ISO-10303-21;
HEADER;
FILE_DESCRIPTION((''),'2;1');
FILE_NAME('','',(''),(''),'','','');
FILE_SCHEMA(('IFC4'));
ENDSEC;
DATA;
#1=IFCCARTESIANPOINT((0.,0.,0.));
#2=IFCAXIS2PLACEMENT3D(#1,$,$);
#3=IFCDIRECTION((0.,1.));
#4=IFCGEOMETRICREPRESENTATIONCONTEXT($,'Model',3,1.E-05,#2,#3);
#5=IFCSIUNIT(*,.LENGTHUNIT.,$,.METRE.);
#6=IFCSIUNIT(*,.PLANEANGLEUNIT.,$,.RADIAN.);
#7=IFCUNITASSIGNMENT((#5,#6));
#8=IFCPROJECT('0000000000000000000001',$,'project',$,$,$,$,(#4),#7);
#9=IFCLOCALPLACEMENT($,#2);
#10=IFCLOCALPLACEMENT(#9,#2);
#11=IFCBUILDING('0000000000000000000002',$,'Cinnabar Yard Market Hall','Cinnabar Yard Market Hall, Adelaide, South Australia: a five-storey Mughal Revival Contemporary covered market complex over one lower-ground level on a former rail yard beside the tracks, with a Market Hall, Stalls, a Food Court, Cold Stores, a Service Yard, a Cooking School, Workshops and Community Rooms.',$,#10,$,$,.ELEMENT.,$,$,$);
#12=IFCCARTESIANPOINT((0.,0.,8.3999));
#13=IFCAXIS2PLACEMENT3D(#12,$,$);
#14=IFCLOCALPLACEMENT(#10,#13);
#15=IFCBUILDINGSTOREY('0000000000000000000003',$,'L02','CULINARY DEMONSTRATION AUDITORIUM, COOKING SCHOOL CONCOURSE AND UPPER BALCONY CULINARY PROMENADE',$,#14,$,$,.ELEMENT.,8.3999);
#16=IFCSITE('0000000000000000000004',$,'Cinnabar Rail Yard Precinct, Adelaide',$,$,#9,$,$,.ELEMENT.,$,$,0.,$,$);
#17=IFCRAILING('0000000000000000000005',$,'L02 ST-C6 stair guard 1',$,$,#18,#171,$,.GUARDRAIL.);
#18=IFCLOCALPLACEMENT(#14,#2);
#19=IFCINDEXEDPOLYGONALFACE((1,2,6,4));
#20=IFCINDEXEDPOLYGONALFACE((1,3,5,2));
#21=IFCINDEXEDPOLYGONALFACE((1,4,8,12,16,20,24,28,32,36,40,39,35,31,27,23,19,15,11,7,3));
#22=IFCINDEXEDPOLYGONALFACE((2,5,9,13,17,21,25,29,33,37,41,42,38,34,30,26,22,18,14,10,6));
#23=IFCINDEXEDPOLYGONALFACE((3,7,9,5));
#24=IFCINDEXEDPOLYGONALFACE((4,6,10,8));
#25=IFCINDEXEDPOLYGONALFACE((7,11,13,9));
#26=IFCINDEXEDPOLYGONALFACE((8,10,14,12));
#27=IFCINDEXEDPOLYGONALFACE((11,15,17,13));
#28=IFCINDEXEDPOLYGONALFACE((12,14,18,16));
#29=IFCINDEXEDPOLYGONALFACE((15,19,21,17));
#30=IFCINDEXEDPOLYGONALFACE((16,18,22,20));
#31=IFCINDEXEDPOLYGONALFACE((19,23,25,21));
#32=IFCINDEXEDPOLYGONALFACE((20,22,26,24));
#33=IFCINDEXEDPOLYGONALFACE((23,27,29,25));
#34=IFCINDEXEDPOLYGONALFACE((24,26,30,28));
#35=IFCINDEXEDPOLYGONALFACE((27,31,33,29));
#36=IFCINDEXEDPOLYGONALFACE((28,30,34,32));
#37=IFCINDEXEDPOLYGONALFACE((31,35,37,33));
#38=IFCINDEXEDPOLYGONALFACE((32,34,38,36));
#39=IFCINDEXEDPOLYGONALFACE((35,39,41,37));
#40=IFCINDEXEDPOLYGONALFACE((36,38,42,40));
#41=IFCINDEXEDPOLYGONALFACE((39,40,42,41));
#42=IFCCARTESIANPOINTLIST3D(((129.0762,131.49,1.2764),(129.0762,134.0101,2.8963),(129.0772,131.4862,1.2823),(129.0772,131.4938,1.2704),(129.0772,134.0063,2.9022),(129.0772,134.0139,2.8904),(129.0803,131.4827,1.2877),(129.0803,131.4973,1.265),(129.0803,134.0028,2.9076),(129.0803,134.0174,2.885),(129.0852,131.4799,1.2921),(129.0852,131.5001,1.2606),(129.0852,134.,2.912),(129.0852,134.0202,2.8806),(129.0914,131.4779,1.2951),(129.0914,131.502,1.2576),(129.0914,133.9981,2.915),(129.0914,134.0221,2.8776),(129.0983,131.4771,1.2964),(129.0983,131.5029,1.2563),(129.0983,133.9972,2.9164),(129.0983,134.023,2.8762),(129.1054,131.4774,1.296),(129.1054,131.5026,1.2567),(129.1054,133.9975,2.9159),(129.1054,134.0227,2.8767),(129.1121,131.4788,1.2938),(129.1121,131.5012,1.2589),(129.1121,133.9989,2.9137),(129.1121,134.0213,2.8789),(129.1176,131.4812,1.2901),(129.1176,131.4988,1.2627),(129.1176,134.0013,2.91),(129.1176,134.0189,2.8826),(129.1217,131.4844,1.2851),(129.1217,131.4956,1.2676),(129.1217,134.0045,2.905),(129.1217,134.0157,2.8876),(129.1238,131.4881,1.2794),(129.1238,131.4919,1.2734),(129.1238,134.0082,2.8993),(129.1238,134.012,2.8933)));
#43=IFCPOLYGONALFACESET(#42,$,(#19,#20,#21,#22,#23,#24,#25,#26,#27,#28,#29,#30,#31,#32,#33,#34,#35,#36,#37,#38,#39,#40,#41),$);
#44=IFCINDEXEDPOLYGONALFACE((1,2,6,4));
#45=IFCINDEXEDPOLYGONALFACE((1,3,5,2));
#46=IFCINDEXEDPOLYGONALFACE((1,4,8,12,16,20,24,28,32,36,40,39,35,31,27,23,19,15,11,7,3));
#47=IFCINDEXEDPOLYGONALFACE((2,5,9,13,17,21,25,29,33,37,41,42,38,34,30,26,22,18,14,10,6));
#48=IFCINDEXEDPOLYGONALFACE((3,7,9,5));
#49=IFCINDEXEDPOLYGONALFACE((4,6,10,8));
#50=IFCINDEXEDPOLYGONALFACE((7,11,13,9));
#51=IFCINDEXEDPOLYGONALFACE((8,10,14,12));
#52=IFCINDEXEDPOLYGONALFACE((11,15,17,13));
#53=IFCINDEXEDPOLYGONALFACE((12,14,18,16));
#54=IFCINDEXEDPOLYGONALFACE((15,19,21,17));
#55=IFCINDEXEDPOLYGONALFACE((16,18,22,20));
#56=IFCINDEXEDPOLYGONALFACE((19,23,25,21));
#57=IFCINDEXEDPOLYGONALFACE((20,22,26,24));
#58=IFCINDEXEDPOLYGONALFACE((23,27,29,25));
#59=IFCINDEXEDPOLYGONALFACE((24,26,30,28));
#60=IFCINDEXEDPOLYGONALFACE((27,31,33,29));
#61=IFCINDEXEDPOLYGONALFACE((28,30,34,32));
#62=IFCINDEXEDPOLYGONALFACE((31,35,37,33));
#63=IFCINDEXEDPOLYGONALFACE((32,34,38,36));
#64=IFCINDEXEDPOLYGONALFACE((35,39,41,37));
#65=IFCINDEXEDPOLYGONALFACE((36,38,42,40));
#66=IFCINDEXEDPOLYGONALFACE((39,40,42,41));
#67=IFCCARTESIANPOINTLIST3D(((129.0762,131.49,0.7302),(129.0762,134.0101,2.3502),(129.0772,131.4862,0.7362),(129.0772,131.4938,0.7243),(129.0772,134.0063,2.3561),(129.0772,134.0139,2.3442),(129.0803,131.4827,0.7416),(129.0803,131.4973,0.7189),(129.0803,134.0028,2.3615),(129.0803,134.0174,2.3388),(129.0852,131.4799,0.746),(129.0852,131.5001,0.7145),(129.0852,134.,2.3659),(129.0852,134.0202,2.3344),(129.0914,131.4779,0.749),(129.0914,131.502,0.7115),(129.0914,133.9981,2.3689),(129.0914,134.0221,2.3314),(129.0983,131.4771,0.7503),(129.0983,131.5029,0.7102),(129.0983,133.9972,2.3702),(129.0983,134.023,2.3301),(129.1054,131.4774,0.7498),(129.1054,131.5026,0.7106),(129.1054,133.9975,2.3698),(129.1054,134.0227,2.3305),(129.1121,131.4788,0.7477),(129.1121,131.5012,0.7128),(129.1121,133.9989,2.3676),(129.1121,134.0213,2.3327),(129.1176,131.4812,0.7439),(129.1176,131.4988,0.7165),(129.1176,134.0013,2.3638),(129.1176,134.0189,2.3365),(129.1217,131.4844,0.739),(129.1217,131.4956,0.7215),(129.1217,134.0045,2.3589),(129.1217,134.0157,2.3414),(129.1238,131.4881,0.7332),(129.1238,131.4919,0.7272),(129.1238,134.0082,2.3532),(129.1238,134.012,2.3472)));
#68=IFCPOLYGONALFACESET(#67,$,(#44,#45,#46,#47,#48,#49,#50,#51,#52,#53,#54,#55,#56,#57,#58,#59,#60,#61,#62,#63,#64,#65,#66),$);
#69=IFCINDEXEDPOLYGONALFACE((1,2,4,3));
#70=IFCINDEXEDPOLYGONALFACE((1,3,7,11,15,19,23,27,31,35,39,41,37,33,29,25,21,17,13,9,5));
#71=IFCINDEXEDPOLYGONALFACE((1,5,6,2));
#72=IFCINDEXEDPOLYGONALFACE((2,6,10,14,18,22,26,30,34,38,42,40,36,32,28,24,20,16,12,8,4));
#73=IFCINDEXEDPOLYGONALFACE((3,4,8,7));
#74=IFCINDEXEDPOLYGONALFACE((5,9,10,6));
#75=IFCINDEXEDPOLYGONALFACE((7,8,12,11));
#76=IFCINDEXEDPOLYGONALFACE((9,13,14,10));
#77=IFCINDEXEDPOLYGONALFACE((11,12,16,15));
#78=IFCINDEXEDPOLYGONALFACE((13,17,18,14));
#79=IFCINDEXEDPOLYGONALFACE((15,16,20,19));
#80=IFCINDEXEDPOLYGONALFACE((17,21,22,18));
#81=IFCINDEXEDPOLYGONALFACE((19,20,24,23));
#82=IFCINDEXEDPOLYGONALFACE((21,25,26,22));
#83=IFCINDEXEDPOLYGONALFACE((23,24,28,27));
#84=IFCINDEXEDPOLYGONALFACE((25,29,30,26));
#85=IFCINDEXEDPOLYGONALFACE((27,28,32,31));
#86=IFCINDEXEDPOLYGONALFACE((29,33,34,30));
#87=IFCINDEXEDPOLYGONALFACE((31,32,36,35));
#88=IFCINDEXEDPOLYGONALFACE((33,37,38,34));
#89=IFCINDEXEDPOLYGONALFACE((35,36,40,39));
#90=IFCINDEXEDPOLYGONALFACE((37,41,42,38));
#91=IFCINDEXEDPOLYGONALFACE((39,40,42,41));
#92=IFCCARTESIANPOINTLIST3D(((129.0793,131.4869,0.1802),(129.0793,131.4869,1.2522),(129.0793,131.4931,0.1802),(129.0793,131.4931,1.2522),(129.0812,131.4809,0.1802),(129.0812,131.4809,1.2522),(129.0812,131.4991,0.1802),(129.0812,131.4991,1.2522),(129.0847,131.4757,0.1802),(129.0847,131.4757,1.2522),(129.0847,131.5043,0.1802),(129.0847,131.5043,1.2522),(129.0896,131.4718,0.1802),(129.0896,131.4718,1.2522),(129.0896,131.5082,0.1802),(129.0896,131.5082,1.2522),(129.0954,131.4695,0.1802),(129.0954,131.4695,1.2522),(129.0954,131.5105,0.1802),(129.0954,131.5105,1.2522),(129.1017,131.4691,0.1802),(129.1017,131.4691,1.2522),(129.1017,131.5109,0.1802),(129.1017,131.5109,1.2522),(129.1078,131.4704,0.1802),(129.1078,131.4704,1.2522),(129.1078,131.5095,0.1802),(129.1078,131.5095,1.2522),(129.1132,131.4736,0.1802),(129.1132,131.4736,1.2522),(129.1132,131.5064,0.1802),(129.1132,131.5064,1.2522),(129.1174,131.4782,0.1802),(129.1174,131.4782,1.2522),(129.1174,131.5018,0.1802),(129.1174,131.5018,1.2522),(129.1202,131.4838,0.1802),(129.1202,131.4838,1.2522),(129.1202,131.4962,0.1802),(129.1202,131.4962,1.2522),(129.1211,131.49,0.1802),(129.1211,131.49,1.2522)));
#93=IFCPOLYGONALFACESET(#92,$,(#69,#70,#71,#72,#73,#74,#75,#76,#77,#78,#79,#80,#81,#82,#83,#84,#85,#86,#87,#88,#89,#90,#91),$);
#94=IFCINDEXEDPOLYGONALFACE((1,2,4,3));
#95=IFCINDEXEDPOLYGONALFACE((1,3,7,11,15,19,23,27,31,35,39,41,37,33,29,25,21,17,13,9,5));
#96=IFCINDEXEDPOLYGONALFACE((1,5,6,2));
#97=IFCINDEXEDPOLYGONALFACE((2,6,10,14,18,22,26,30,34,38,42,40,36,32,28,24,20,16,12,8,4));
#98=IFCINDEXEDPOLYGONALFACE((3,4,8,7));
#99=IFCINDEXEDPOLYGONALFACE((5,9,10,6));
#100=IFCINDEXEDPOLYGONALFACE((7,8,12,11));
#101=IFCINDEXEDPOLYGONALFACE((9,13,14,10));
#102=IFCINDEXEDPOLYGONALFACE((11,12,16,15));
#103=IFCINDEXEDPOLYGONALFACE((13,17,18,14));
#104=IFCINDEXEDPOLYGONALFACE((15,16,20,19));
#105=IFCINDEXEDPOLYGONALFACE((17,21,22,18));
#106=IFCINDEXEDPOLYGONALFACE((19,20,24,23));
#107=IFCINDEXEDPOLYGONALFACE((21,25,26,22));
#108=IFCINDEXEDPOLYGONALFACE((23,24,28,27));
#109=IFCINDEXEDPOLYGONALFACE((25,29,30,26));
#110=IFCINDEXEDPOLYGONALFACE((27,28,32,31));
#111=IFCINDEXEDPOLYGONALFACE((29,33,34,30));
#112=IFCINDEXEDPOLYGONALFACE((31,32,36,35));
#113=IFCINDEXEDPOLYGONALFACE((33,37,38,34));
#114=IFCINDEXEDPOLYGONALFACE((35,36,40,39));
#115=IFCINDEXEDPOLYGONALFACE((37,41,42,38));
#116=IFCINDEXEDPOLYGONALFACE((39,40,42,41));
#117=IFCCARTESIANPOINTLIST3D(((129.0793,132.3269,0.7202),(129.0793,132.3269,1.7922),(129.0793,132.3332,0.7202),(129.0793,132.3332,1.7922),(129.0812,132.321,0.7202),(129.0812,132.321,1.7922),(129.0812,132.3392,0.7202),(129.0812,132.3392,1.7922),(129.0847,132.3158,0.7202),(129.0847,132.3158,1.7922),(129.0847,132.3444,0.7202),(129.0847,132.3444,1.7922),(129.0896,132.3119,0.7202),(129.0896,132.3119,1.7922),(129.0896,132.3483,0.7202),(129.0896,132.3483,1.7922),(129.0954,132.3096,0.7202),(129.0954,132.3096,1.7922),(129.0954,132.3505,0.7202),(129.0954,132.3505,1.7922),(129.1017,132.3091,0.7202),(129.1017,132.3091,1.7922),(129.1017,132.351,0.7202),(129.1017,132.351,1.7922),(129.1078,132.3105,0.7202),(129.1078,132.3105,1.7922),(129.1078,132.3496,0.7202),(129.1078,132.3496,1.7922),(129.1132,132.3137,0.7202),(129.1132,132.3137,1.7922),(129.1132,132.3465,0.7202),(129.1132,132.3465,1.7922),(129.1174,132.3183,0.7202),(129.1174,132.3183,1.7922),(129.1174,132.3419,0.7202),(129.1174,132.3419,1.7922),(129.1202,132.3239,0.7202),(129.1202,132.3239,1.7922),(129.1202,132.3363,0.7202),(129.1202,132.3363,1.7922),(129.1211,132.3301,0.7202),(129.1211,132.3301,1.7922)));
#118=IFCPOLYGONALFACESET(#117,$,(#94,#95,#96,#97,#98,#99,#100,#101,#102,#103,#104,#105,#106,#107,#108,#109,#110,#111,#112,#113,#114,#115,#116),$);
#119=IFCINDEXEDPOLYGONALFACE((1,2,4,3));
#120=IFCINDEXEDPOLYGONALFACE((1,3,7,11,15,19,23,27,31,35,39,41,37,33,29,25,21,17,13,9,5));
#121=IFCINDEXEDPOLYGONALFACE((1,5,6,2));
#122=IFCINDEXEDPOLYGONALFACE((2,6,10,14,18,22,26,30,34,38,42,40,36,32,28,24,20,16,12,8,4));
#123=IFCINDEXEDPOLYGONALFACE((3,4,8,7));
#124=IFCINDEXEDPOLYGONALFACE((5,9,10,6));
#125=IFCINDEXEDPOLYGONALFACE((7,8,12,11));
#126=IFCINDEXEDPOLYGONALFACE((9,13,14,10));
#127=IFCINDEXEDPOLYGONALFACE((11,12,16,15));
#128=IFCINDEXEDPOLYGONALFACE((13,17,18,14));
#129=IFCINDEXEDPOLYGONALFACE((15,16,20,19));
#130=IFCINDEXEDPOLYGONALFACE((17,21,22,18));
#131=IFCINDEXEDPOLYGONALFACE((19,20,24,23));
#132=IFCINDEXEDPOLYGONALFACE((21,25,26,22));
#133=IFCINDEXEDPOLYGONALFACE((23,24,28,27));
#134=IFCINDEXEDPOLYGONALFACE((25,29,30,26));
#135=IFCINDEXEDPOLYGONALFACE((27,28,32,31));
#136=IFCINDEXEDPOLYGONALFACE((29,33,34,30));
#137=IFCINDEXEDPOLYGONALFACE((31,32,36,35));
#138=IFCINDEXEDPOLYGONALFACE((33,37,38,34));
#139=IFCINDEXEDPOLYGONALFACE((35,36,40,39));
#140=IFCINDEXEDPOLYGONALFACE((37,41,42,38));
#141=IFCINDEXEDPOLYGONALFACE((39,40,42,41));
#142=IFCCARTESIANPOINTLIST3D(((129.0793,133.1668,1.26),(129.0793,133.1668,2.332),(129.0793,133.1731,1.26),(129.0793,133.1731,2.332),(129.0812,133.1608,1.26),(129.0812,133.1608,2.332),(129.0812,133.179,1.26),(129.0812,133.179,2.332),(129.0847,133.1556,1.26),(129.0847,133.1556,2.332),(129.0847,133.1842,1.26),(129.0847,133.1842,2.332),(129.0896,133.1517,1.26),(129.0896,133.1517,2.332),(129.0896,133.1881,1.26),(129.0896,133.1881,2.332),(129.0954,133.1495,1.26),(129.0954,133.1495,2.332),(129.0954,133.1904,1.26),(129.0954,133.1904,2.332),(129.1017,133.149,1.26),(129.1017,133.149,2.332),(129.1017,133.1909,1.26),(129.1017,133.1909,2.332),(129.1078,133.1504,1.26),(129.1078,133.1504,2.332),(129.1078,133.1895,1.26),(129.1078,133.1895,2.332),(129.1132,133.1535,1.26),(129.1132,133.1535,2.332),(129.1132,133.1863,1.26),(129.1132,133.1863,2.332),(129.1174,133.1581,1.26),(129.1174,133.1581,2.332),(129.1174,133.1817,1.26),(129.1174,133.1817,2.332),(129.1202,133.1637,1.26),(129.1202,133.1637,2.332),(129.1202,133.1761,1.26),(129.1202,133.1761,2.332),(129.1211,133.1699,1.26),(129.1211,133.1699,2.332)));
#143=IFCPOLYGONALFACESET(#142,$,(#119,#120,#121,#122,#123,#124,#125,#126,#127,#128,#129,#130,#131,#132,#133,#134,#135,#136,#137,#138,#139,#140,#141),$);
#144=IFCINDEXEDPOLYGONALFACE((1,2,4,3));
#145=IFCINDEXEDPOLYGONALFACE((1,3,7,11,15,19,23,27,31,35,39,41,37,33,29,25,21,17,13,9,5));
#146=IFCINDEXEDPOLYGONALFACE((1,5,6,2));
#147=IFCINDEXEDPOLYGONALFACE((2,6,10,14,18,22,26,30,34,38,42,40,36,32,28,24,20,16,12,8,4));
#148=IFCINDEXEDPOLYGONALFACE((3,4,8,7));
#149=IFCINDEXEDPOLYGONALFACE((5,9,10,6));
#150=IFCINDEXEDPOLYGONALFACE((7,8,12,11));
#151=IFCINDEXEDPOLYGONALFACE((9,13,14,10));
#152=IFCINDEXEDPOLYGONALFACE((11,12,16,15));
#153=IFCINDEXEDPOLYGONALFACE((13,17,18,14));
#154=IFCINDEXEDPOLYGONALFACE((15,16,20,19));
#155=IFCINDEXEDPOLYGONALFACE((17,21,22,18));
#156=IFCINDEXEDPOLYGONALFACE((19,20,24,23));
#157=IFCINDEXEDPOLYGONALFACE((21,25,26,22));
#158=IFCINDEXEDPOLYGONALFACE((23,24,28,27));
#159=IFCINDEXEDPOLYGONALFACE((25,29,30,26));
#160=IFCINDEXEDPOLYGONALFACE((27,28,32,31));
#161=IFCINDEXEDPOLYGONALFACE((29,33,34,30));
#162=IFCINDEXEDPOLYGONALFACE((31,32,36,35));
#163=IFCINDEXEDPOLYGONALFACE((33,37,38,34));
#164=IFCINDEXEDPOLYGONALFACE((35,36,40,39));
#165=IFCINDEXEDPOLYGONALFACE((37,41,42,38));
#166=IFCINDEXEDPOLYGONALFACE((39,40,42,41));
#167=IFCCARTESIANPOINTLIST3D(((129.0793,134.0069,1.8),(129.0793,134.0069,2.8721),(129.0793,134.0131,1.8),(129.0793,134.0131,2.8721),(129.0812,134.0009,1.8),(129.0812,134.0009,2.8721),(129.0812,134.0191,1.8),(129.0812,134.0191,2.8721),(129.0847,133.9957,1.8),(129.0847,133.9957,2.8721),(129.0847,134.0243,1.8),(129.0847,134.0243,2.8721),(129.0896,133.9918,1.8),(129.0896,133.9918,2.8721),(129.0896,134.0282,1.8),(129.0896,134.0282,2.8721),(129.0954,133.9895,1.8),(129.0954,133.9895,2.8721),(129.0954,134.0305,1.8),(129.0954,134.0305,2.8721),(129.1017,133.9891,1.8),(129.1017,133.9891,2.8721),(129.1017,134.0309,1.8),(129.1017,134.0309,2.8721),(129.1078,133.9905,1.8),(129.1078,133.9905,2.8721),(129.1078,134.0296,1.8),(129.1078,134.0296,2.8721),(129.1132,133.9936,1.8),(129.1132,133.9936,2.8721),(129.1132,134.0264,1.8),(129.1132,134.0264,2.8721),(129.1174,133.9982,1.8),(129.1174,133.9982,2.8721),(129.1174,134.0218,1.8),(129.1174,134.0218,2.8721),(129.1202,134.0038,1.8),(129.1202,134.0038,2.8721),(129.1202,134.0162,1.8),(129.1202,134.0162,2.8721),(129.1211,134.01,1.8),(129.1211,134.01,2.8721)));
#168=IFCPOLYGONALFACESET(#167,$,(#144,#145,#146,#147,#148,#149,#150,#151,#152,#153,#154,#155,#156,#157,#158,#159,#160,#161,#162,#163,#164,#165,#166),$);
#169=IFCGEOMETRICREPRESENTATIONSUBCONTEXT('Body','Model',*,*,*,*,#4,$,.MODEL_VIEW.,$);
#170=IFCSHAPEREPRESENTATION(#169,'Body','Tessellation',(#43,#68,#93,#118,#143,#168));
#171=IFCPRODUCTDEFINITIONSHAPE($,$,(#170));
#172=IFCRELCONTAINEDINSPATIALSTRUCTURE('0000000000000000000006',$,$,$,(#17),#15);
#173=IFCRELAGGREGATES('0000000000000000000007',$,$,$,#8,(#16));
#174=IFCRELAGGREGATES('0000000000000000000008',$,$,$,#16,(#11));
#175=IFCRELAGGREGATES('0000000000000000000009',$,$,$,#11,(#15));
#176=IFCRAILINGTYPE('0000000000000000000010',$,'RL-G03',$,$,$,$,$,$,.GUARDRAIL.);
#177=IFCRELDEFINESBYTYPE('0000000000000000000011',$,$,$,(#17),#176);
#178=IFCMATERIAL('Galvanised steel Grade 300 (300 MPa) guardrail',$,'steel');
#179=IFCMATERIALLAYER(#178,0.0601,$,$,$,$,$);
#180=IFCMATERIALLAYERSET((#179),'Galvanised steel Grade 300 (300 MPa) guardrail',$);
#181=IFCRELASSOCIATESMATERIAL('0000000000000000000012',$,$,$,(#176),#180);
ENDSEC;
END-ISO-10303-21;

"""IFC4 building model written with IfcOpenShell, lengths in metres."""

from ifc_helpers import new_model, si_unit, direction, frame, origin, origin_2d_with_axis, place, context, subcontext, project, spatial, circle, extrude, material, layer, layer_set, type_object, element, save


model = new_model("IFC4")

# Units and contexts
model_context = context("Model", 3, precision=1e-05, world=origin(), true_north=direction((0.0, 1.0)))
body_context = subcontext(model_context, "Body", "Model", "MODEL_VIEW")
ifc_project = project(units=[si_unit("LENGTHUNIT", "METRE"), si_unit("PLANEANGLEUNIT", "RADIAN")], contexts=[model_context])

# Site, building, storey
site_placement = place(None, origin())
site = spatial("IfcSite", under=ifc_project, at=site_placement, Name="Cinnabar Rail Yard Precinct, Adelaide", CompositionType="ELEMENT", RefElevation=0.0)
building_placement = place(site_placement, origin())
building = spatial("IfcBuilding", under=site, at=building_placement, Name="Cinnabar Yard Market Hall", Description="Cinnabar Yard Market Hall, Adelaide, South Australia: a five-storey Mughal Revival Contemporary covered market complex over one lower-ground level on a former rail yard beside the tracks, with a Market Hall, Stalls, a Food Court, Cold Stores, a Service Yard, a Cooking School, Workshops and Community Rooms.", CompositionType="ELEMENT")
storey_placement = place(building_placement, frame((0.0, 0.0, 8.3999)))
storey = spatial("IfcBuildingStorey", under=building, at=storey_placement, Name="L02", Description="CULINARY DEMONSTRATION AUDITORIUM, COOKING SCHOOL CONCOURSE AND UPPER BALCONY CULINARY PROMENADE", CompositionType="ELEMENT", Elevation=8.3999)

# Railing
ifc_material_1 = material(Name="Galvanised steel Grade 300 (300 MPa) guardrail", Category="steel")
ifc_layer_1 = layer(ifc_material_1, 0.0601)
ifc_layer_set_1 = layer_set([ifc_layer_1], Name="Galvanised steel Grade 300 (300 MPa) guardrail")
railing_type_1 = type_object("IfcRailingType", Name="RL-G03", PredefinedType="GUARDRAIL", material=ifc_layer_set_1)
railing_1_placement = place(storey_placement, frame((129.1001, 131.49, 0.1802)))
element("IfcRailing", 1, at=railing_1_placement, inside=storey, type_object=railing_type_1, Name="L02 ST-C6 stair guard 1", PredefinedType="GUARDRAIL", context=body_context, shape_type="SweptSolid", body=[
    extrude(circle(Radius=0.0239, at=origin_2d_with_axis()), frame((0.0, 0.0, 1.0962), z_axis=(0.0, 0.8412, 0.540725), x_axis=(-1.0, 0.0, 0.0)), (0.0, 0.0, 1.0), 2.9958),
    extrude(circle(Radius=0.0239, at=origin_2d_with_axis()), frame((0.0, 0.0, 0.55), z_axis=(0.0, 0.8412, 0.540725), x_axis=(-1.0, 0.0, 0.0)), (0.0, 0.0, 1.0), 2.9958),
    extrude(circle(Radius=0.021, at=origin_2d_with_axis()), origin(), (0.0, 0.0, 1.0), 1.072),
    extrude(circle(Radius=0.021, at=origin_2d_with_axis()), frame((0.0, 0.8401, 0.54)), (0.0, 0.0, 1.0), 1.072),
    extrude(circle(Radius=0.021, at=origin_2d_with_axis()), frame((0.0, 1.6799, 1.0798)), (0.0, 0.0, 1.0), 1.072),
    extrude(circle(Radius=0.021, at=origin_2d_with_axis()), frame((0.0, 2.52, 1.6199)), (0.0, 0.0, 1.0), 1.072),
])

save(model, "model.ifc")
